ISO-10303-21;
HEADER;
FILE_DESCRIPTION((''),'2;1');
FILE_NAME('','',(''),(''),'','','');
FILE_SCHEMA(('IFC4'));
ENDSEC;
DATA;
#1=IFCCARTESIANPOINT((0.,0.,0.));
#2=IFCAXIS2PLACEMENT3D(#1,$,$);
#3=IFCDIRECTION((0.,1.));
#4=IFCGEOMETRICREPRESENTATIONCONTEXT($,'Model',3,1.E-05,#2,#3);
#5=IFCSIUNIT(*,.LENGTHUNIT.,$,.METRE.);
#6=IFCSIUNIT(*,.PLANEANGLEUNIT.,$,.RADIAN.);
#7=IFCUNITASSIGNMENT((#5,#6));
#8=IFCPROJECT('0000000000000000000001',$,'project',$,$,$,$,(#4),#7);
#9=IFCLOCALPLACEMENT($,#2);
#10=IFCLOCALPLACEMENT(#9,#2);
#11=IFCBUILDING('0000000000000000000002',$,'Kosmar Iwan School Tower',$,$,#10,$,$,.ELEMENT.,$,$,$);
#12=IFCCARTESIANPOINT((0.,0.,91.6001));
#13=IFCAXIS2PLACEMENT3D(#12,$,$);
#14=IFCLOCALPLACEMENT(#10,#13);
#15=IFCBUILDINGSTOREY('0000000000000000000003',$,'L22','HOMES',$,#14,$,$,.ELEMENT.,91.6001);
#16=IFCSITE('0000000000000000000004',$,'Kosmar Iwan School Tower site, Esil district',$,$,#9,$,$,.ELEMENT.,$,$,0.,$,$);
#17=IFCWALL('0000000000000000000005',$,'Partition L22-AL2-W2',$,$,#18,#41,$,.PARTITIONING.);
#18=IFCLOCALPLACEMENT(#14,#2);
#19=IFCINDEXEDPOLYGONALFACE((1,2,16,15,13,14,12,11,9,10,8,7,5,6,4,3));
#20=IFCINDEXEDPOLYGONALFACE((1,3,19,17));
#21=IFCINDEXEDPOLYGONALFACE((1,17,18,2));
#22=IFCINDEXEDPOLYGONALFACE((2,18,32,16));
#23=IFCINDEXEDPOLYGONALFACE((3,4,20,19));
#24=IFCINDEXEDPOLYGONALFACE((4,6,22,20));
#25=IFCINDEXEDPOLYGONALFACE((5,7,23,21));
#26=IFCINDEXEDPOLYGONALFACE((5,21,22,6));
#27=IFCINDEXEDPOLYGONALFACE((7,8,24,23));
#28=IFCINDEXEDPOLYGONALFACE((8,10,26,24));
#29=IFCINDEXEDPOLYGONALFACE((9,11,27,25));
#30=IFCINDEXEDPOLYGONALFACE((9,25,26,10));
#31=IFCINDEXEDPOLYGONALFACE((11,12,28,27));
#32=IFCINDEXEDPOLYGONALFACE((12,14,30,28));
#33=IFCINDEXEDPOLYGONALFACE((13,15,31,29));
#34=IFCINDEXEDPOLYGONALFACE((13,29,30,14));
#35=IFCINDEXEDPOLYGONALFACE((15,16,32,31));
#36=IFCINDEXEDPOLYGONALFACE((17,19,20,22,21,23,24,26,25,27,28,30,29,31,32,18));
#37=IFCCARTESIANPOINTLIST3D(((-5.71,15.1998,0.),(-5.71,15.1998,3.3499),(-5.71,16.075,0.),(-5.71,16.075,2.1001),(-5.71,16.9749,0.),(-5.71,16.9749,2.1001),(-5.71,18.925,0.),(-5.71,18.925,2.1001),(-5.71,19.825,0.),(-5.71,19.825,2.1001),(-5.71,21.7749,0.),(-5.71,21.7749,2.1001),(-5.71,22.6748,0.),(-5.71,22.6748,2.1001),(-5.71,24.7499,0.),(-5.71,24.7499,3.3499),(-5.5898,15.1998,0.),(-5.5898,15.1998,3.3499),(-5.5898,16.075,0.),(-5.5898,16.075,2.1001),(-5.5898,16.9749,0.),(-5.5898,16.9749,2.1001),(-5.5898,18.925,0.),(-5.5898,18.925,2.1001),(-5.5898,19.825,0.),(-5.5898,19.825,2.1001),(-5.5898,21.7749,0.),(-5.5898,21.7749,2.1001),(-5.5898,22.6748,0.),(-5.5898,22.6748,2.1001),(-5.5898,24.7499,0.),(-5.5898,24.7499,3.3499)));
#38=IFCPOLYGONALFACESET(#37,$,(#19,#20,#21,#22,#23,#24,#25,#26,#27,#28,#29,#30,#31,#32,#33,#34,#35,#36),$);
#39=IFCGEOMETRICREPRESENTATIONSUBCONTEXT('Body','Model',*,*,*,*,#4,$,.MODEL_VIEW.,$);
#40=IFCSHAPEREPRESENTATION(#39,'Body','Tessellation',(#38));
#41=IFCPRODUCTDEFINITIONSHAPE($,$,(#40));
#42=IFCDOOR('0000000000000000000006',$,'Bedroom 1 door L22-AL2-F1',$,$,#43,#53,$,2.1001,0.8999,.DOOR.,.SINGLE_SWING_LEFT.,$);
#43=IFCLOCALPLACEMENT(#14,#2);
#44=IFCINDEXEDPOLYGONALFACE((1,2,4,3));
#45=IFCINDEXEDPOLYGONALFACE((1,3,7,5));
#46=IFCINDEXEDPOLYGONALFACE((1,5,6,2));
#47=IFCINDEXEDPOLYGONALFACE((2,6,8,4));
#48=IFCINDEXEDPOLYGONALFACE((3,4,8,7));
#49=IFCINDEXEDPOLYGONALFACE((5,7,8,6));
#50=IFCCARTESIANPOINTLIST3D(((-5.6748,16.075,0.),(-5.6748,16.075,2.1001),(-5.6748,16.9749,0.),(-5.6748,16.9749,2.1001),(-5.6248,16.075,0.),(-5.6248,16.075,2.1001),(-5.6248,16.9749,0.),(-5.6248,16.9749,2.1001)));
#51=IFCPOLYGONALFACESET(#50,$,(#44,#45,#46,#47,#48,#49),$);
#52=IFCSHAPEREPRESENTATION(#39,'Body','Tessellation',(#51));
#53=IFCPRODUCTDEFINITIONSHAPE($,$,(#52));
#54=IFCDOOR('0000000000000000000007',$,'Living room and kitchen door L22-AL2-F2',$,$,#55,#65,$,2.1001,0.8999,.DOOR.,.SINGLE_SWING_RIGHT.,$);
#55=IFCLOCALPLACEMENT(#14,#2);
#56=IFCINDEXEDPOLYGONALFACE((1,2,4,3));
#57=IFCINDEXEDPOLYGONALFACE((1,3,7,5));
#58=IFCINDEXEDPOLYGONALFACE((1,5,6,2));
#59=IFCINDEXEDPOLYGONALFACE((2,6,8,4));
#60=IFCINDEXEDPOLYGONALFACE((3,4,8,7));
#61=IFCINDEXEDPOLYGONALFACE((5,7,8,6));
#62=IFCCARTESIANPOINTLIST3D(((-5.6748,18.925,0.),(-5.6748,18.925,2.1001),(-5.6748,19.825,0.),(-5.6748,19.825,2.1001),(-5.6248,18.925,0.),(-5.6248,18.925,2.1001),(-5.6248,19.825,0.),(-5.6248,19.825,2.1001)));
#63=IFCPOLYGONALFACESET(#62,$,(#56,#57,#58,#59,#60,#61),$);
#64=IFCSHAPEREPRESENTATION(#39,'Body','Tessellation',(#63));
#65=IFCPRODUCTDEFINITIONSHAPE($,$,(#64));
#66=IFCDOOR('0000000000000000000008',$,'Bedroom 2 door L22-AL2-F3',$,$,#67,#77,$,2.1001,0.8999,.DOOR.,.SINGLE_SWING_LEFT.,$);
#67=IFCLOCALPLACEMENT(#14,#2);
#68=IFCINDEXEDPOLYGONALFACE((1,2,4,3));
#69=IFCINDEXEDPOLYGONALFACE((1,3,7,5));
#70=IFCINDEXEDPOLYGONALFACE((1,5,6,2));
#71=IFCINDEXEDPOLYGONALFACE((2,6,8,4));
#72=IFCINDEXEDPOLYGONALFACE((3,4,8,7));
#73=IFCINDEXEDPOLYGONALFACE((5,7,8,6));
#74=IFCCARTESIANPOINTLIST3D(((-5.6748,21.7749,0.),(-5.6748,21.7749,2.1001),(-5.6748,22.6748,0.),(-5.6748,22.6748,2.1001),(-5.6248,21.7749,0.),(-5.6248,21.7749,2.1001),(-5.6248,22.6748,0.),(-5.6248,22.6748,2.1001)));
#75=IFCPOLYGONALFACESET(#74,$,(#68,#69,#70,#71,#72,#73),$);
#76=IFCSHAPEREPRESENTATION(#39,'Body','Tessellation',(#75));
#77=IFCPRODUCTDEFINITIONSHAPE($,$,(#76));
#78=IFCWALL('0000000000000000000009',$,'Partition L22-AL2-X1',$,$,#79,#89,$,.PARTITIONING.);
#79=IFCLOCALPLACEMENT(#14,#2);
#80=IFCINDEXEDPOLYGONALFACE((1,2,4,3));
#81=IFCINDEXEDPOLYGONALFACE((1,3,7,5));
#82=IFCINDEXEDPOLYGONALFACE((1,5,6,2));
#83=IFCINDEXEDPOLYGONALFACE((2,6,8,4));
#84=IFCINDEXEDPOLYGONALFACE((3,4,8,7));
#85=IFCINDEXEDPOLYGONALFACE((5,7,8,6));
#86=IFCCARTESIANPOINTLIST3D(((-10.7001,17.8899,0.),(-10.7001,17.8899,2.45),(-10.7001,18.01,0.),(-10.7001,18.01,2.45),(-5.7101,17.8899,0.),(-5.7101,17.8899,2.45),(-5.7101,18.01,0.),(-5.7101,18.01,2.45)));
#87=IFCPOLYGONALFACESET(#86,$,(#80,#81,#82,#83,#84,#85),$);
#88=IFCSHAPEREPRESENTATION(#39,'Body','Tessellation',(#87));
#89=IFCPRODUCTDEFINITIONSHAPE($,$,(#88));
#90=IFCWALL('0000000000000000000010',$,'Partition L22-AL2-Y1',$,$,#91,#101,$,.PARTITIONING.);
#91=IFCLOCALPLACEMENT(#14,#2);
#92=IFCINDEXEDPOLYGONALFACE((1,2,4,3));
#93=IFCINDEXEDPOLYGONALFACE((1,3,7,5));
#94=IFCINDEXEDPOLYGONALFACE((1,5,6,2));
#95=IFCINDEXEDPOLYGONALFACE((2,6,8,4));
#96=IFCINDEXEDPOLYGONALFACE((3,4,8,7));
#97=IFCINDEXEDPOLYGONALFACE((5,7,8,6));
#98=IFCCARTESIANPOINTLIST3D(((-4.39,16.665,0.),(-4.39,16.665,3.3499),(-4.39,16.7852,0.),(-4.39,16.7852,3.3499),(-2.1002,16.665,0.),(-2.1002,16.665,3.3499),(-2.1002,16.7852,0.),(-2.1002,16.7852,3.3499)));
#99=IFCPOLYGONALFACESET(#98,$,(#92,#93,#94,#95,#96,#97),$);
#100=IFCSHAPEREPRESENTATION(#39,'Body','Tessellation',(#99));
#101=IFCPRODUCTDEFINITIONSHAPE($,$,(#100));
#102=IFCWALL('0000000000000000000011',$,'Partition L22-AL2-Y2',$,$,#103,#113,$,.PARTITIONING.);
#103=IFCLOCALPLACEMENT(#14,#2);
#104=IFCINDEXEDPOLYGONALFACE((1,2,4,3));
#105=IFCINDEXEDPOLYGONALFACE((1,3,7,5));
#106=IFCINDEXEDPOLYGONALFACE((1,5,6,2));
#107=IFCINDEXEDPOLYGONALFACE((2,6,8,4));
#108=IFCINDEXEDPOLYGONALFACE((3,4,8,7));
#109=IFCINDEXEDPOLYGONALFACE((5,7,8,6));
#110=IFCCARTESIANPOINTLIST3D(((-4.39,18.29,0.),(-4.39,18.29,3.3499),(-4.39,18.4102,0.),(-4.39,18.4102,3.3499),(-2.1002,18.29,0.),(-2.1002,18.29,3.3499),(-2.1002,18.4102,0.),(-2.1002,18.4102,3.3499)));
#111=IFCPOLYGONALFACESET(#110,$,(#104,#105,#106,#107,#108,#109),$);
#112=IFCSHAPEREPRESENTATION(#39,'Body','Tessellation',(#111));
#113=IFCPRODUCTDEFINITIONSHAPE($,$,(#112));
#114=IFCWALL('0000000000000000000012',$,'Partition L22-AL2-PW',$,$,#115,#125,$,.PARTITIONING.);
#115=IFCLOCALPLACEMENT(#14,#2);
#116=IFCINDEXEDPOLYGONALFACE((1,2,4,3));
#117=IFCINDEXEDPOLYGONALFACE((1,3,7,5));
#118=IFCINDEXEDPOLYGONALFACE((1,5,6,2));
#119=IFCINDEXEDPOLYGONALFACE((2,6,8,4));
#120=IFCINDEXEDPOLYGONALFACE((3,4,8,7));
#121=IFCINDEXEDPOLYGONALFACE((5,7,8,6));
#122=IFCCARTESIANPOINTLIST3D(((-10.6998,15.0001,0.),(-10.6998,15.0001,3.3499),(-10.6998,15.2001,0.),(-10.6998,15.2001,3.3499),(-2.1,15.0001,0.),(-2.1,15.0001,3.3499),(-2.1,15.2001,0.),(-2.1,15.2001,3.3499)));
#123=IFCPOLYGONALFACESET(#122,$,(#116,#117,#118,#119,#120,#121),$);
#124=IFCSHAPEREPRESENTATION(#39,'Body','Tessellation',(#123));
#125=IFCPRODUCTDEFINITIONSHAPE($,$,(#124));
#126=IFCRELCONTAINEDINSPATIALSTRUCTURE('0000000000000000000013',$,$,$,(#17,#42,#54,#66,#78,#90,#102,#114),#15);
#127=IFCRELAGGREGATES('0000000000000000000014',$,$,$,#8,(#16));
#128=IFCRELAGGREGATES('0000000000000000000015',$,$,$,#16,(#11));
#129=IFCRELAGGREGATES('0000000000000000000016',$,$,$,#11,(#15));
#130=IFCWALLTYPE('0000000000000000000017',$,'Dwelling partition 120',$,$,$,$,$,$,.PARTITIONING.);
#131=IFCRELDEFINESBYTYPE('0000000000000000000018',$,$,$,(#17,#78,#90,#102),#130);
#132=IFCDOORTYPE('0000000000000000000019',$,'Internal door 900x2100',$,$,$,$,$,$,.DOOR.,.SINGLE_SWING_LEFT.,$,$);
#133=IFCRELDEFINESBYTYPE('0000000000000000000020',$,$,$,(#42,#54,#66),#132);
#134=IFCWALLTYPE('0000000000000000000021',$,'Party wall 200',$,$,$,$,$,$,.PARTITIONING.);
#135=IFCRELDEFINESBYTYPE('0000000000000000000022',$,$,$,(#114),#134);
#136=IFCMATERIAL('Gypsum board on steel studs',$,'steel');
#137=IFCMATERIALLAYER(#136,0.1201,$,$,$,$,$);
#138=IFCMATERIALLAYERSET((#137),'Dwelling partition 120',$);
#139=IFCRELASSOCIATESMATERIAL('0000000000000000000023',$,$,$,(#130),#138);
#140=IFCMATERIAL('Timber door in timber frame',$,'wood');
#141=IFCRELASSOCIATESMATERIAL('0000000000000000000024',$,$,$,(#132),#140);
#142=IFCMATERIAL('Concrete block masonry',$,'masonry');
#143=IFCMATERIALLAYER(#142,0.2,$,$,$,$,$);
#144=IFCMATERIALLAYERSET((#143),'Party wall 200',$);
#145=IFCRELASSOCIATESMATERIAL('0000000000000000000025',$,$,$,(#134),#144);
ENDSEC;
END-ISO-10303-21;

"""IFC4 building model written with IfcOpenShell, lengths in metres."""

from ifc_helpers import new_model, si_unit, direction, frame, frame_2d, origin, place, context, subcontext, project, spatial, rectangle, extrude, material, layer, layer_set, type_object, element, fill, save


model = new_model("IFC4")

# Units and contexts
model_context = context("Model", 3, precision=1e-05, world=origin(), true_north=direction((0.0, 1.0)))
body_context = subcontext(model_context, "Body", "Model", "MODEL_VIEW")
ifc_project = project(units=[si_unit("LENGTHUNIT", "METRE"), si_unit("PLANEANGLEUNIT", "RADIAN")], contexts=[model_context])

# Site, building, storey
site_placement = place(None, origin())
site = spatial("IfcSite", under=ifc_project, at=site_placement, Name="Kosmar Iwan School Tower site, Esil district", CompositionType="ELEMENT", RefElevation=0.0)
building_placement = place(site_placement, origin())
building = spatial("IfcBuilding", under=site, at=building_placement, Name="Kosmar Iwan School Tower", CompositionType="ELEMENT")
storey_placement = place(building_placement, frame((0.0, 0.0, 91.6001)))
storey = spatial("IfcBuildingStorey", under=building, at=storey_placement, Name="L22", Description="HOMES", CompositionType="ELEMENT", Elevation=91.6001)

# Shared definitions
ifc_material_1 = material(Name="Gypsum board on steel studs", Category="steel")
ifc_layer_1 = layer(ifc_material_1, 0.1201)
ifc_layer_set_1 = layer_set([ifc_layer_1], Name="Dwelling partition 120")
wall_type_1 = type_object("IfcWallType", Name="Dwelling partition 120", PredefinedType="PARTITIONING", material=ifc_layer_set_1)

# Wall, openings, doors
ifc_material_2 = material(Name="Timber door in timber frame", Category="wood")
door_type_1 = type_object("IfcDoorType", Name="Internal door 900x2100", OperationType="SINGLE_SWING_LEFT", PredefinedType="DOOR", material=ifc_material_2)
wall_1_placement = place(storey_placement, frame((-5.6499, 15.2, 0.0), z_axis=(0.0, 0.0, 1.0), x_axis=(0.0, 1.0, 0.0)))
wall_1 = element("IfcWall", 1, at=wall_1_placement, inside=storey, type_object=wall_type_1, Name="Partition L22-AL2-W2", PredefinedType="PARTITIONING", context=body_context, shape_type="SweptSolid", body=[
    extrude(rectangle(XDim=9.55, YDim=0.1201, at=frame_2d((4.7749, 0.0))), origin(), (0.0, 0.0, 1.0), 3.3499),
])
opening_1_placement = place(wall_1_placement, frame((0.875, 0.0, 0.0)))
opening_1 = element("IfcOpeningElement", 2, at=opening_1_placement, cuts=wall_1, PredefinedType="OPENING", context=body_context, shape_type="SweptSolid", body=[
    extrude(rectangle(XDim=0.8999, YDim=2.1001, at=frame_2d((0.45, 1.05))), frame((0.0, 0.072, 0.0), z_axis=(0.0, -1.0, 0.0), x_axis=(1.0, 0.0, 0.0)), (0.0, 0.0, 1.0), 0.144),
])
opening_2_placement = place(wall_1_placement, frame((3.7251, 0.0, 0.0)))
opening_2 = element("IfcOpeningElement", 3, at=opening_2_placement, cuts=wall_1, PredefinedType="OPENING", context=body_context, shape_type="SweptSolid", body=[
    extrude(rectangle(XDim=0.8999, YDim=2.1001, at=frame_2d((0.45, 1.05))), frame((0.0, 0.072, 0.0), z_axis=(0.0, -1.0, 0.0), x_axis=(1.0, 0.0, 0.0)), (0.0, 0.0, 1.0), 0.144),
])
opening_3_placement = place(wall_1_placement, frame((6.575, 0.0, 0.0)))
opening_3 = element("IfcOpeningElement", 4, at=opening_3_placement, cuts=wall_1, PredefinedType="OPENING", context=body_context, shape_type="SweptSolid", body=[
    extrude(rectangle(XDim=0.8999, YDim=2.1001, at=frame_2d((0.45, 1.05))), frame((0.0, 0.072, 0.0), z_axis=(0.0, -1.0, 0.0), x_axis=(1.0, 0.0, 0.0)), (0.0, 0.0, 1.0), 0.144),
])
door_1_placement = place(opening_1_placement, origin())
door_1 = element("IfcDoor", 5, at=door_1_placement, inside=storey, type_object=door_type_1, Name="Bedroom 1 door L22-AL2-F1", OperationType="SINGLE_SWING_LEFT", OverallHeight=2.1001, OverallWidth=0.8999, PredefinedType="DOOR", context=body_context, shape_type="SweptSolid", body=[
    extrude(rectangle(XDim=0.8999, YDim=2.1001, at=frame_2d((0.45, 1.05))), frame((0.0, 0.0249, 0.0), z_axis=(0.0, -1.0, 0.0), x_axis=(1.0, 0.0, 0.0)), (0.0, 0.0, 1.0), 0.05),
])
fill(opening_1, door_1)
door_2_placement = place(opening_2_placement, origin())
door_2 = element("IfcDoor", 6, at=door_2_placement, inside=storey, type_object=door_type_1, Name="Living room and kitchen door L22-AL2-F2", OperationType="SINGLE_SWING_RIGHT", OverallHeight=2.1001, OverallWidth=0.8999, PredefinedType="DOOR", context=body_context, shape_type="SweptSolid", body=[
    extrude(rectangle(XDim=0.8999, YDim=2.1001, at=frame_2d((0.45, 1.05))), frame((0.0, 0.0249, 0.0), z_axis=(0.0, -1.0, 0.0), x_axis=(1.0, 0.0, 0.0)), (0.0, 0.0, 1.0), 0.05),
])
fill(opening_2, door_2)
door_3_placement = place(opening_3_placement, origin())
door_3 = element("IfcDoor", 7, at=door_3_placement, inside=storey, type_object=door_type_1, Name="Bedroom 2 door L22-AL2-F3", OperationType="SINGLE_SWING_LEFT", OverallHeight=2.1001, OverallWidth=0.8999, PredefinedType="DOOR", context=body_context, shape_type="SweptSolid", body=[
    extrude(rectangle(XDim=0.8999, YDim=2.1001, at=frame_2d((0.45, 1.05))), frame((0.0, 0.0249, 0.0), z_axis=(0.0, -1.0, 0.0), x_axis=(1.0, 0.0, 0.0)), (0.0, 0.0, 1.0), 0.05),
])
fill(opening_3, door_3)

# Walls
wall_2_placement = place(storey_placement, frame((-5.71, 17.95, 0.0), z_axis=(0.0, 0.0, 1.0), x_axis=(-1.0, 0.0, 0.0)))
element("IfcWall", 8, at=wall_2_placement, inside=storey, type_object=wall_type_1, Name="Partition L22-AL2-X1", PredefinedType="PARTITIONING", context=body_context, shape_type="SweptSolid", body=[
    extrude(rectangle(XDim=4.99, YDim=0.1201, at=frame_2d((2.4951, 0.0))), origin(), (0.0, 0.0, 1.0), 2.45),
])
for number, where, z_axis, x_axis, name in (
    (9, (-2.1001, 16.7251, 0.0), (0.0, 0.0, 1.0), (-1.0, 0.0, 0.0), "Partition L22-AL2-Y1"),
    (10, (-2.1001, 18.3501, 0.0), (0.0, 0.0, 1.0), (-1.0, 0.0, 0.0), "Partition L22-AL2-Y2"),
):
    element("IfcWall", number, at=place(storey_placement, frame(where, z_axis=z_axis, x_axis=x_axis)), inside=storey, type_object=wall_type_1, Name=name, PredefinedType="PARTITIONING", context=body_context, shape_type="SweptSolid", body=[
        extrude(rectangle(XDim=2.2898, YDim=0.1201, at=frame_2d((1.145, 0.0))), origin(), (0.0, 0.0, 1.0), 3.3499),
    ])
ifc_material_3 = material(Name="Concrete block masonry", Category="masonry")
ifc_layer_2 = layer(ifc_material_3, 0.2)
ifc_layer_set_2 = layer_set([ifc_layer_2], Name="Party wall 200")
wall_type_2 = type_object("IfcWallType", Name="Party wall 200", PredefinedType="PARTITIONING", material=ifc_layer_set_2)
wall_3_placement = place(storey_placement, frame((-2.1001, 15.1001, 0.0), z_axis=(0.0, 0.0, 1.0), x_axis=(-1.0, 0.0, 0.0)))
element("IfcWall", 11, at=wall_3_placement, inside=storey, type_object=wall_type_2, Name="Partition L22-AL2-PW", PredefinedType="PARTITIONING", context=body_context, shape_type="SweptSolid", body=[
    extrude(rectangle(XDim=8.5999, YDim=0.2, at=frame_2d((4.2998, 0.0))), origin(), (0.0, 0.0, 1.0), 3.3499),
])

save(model, "model.ifc")
